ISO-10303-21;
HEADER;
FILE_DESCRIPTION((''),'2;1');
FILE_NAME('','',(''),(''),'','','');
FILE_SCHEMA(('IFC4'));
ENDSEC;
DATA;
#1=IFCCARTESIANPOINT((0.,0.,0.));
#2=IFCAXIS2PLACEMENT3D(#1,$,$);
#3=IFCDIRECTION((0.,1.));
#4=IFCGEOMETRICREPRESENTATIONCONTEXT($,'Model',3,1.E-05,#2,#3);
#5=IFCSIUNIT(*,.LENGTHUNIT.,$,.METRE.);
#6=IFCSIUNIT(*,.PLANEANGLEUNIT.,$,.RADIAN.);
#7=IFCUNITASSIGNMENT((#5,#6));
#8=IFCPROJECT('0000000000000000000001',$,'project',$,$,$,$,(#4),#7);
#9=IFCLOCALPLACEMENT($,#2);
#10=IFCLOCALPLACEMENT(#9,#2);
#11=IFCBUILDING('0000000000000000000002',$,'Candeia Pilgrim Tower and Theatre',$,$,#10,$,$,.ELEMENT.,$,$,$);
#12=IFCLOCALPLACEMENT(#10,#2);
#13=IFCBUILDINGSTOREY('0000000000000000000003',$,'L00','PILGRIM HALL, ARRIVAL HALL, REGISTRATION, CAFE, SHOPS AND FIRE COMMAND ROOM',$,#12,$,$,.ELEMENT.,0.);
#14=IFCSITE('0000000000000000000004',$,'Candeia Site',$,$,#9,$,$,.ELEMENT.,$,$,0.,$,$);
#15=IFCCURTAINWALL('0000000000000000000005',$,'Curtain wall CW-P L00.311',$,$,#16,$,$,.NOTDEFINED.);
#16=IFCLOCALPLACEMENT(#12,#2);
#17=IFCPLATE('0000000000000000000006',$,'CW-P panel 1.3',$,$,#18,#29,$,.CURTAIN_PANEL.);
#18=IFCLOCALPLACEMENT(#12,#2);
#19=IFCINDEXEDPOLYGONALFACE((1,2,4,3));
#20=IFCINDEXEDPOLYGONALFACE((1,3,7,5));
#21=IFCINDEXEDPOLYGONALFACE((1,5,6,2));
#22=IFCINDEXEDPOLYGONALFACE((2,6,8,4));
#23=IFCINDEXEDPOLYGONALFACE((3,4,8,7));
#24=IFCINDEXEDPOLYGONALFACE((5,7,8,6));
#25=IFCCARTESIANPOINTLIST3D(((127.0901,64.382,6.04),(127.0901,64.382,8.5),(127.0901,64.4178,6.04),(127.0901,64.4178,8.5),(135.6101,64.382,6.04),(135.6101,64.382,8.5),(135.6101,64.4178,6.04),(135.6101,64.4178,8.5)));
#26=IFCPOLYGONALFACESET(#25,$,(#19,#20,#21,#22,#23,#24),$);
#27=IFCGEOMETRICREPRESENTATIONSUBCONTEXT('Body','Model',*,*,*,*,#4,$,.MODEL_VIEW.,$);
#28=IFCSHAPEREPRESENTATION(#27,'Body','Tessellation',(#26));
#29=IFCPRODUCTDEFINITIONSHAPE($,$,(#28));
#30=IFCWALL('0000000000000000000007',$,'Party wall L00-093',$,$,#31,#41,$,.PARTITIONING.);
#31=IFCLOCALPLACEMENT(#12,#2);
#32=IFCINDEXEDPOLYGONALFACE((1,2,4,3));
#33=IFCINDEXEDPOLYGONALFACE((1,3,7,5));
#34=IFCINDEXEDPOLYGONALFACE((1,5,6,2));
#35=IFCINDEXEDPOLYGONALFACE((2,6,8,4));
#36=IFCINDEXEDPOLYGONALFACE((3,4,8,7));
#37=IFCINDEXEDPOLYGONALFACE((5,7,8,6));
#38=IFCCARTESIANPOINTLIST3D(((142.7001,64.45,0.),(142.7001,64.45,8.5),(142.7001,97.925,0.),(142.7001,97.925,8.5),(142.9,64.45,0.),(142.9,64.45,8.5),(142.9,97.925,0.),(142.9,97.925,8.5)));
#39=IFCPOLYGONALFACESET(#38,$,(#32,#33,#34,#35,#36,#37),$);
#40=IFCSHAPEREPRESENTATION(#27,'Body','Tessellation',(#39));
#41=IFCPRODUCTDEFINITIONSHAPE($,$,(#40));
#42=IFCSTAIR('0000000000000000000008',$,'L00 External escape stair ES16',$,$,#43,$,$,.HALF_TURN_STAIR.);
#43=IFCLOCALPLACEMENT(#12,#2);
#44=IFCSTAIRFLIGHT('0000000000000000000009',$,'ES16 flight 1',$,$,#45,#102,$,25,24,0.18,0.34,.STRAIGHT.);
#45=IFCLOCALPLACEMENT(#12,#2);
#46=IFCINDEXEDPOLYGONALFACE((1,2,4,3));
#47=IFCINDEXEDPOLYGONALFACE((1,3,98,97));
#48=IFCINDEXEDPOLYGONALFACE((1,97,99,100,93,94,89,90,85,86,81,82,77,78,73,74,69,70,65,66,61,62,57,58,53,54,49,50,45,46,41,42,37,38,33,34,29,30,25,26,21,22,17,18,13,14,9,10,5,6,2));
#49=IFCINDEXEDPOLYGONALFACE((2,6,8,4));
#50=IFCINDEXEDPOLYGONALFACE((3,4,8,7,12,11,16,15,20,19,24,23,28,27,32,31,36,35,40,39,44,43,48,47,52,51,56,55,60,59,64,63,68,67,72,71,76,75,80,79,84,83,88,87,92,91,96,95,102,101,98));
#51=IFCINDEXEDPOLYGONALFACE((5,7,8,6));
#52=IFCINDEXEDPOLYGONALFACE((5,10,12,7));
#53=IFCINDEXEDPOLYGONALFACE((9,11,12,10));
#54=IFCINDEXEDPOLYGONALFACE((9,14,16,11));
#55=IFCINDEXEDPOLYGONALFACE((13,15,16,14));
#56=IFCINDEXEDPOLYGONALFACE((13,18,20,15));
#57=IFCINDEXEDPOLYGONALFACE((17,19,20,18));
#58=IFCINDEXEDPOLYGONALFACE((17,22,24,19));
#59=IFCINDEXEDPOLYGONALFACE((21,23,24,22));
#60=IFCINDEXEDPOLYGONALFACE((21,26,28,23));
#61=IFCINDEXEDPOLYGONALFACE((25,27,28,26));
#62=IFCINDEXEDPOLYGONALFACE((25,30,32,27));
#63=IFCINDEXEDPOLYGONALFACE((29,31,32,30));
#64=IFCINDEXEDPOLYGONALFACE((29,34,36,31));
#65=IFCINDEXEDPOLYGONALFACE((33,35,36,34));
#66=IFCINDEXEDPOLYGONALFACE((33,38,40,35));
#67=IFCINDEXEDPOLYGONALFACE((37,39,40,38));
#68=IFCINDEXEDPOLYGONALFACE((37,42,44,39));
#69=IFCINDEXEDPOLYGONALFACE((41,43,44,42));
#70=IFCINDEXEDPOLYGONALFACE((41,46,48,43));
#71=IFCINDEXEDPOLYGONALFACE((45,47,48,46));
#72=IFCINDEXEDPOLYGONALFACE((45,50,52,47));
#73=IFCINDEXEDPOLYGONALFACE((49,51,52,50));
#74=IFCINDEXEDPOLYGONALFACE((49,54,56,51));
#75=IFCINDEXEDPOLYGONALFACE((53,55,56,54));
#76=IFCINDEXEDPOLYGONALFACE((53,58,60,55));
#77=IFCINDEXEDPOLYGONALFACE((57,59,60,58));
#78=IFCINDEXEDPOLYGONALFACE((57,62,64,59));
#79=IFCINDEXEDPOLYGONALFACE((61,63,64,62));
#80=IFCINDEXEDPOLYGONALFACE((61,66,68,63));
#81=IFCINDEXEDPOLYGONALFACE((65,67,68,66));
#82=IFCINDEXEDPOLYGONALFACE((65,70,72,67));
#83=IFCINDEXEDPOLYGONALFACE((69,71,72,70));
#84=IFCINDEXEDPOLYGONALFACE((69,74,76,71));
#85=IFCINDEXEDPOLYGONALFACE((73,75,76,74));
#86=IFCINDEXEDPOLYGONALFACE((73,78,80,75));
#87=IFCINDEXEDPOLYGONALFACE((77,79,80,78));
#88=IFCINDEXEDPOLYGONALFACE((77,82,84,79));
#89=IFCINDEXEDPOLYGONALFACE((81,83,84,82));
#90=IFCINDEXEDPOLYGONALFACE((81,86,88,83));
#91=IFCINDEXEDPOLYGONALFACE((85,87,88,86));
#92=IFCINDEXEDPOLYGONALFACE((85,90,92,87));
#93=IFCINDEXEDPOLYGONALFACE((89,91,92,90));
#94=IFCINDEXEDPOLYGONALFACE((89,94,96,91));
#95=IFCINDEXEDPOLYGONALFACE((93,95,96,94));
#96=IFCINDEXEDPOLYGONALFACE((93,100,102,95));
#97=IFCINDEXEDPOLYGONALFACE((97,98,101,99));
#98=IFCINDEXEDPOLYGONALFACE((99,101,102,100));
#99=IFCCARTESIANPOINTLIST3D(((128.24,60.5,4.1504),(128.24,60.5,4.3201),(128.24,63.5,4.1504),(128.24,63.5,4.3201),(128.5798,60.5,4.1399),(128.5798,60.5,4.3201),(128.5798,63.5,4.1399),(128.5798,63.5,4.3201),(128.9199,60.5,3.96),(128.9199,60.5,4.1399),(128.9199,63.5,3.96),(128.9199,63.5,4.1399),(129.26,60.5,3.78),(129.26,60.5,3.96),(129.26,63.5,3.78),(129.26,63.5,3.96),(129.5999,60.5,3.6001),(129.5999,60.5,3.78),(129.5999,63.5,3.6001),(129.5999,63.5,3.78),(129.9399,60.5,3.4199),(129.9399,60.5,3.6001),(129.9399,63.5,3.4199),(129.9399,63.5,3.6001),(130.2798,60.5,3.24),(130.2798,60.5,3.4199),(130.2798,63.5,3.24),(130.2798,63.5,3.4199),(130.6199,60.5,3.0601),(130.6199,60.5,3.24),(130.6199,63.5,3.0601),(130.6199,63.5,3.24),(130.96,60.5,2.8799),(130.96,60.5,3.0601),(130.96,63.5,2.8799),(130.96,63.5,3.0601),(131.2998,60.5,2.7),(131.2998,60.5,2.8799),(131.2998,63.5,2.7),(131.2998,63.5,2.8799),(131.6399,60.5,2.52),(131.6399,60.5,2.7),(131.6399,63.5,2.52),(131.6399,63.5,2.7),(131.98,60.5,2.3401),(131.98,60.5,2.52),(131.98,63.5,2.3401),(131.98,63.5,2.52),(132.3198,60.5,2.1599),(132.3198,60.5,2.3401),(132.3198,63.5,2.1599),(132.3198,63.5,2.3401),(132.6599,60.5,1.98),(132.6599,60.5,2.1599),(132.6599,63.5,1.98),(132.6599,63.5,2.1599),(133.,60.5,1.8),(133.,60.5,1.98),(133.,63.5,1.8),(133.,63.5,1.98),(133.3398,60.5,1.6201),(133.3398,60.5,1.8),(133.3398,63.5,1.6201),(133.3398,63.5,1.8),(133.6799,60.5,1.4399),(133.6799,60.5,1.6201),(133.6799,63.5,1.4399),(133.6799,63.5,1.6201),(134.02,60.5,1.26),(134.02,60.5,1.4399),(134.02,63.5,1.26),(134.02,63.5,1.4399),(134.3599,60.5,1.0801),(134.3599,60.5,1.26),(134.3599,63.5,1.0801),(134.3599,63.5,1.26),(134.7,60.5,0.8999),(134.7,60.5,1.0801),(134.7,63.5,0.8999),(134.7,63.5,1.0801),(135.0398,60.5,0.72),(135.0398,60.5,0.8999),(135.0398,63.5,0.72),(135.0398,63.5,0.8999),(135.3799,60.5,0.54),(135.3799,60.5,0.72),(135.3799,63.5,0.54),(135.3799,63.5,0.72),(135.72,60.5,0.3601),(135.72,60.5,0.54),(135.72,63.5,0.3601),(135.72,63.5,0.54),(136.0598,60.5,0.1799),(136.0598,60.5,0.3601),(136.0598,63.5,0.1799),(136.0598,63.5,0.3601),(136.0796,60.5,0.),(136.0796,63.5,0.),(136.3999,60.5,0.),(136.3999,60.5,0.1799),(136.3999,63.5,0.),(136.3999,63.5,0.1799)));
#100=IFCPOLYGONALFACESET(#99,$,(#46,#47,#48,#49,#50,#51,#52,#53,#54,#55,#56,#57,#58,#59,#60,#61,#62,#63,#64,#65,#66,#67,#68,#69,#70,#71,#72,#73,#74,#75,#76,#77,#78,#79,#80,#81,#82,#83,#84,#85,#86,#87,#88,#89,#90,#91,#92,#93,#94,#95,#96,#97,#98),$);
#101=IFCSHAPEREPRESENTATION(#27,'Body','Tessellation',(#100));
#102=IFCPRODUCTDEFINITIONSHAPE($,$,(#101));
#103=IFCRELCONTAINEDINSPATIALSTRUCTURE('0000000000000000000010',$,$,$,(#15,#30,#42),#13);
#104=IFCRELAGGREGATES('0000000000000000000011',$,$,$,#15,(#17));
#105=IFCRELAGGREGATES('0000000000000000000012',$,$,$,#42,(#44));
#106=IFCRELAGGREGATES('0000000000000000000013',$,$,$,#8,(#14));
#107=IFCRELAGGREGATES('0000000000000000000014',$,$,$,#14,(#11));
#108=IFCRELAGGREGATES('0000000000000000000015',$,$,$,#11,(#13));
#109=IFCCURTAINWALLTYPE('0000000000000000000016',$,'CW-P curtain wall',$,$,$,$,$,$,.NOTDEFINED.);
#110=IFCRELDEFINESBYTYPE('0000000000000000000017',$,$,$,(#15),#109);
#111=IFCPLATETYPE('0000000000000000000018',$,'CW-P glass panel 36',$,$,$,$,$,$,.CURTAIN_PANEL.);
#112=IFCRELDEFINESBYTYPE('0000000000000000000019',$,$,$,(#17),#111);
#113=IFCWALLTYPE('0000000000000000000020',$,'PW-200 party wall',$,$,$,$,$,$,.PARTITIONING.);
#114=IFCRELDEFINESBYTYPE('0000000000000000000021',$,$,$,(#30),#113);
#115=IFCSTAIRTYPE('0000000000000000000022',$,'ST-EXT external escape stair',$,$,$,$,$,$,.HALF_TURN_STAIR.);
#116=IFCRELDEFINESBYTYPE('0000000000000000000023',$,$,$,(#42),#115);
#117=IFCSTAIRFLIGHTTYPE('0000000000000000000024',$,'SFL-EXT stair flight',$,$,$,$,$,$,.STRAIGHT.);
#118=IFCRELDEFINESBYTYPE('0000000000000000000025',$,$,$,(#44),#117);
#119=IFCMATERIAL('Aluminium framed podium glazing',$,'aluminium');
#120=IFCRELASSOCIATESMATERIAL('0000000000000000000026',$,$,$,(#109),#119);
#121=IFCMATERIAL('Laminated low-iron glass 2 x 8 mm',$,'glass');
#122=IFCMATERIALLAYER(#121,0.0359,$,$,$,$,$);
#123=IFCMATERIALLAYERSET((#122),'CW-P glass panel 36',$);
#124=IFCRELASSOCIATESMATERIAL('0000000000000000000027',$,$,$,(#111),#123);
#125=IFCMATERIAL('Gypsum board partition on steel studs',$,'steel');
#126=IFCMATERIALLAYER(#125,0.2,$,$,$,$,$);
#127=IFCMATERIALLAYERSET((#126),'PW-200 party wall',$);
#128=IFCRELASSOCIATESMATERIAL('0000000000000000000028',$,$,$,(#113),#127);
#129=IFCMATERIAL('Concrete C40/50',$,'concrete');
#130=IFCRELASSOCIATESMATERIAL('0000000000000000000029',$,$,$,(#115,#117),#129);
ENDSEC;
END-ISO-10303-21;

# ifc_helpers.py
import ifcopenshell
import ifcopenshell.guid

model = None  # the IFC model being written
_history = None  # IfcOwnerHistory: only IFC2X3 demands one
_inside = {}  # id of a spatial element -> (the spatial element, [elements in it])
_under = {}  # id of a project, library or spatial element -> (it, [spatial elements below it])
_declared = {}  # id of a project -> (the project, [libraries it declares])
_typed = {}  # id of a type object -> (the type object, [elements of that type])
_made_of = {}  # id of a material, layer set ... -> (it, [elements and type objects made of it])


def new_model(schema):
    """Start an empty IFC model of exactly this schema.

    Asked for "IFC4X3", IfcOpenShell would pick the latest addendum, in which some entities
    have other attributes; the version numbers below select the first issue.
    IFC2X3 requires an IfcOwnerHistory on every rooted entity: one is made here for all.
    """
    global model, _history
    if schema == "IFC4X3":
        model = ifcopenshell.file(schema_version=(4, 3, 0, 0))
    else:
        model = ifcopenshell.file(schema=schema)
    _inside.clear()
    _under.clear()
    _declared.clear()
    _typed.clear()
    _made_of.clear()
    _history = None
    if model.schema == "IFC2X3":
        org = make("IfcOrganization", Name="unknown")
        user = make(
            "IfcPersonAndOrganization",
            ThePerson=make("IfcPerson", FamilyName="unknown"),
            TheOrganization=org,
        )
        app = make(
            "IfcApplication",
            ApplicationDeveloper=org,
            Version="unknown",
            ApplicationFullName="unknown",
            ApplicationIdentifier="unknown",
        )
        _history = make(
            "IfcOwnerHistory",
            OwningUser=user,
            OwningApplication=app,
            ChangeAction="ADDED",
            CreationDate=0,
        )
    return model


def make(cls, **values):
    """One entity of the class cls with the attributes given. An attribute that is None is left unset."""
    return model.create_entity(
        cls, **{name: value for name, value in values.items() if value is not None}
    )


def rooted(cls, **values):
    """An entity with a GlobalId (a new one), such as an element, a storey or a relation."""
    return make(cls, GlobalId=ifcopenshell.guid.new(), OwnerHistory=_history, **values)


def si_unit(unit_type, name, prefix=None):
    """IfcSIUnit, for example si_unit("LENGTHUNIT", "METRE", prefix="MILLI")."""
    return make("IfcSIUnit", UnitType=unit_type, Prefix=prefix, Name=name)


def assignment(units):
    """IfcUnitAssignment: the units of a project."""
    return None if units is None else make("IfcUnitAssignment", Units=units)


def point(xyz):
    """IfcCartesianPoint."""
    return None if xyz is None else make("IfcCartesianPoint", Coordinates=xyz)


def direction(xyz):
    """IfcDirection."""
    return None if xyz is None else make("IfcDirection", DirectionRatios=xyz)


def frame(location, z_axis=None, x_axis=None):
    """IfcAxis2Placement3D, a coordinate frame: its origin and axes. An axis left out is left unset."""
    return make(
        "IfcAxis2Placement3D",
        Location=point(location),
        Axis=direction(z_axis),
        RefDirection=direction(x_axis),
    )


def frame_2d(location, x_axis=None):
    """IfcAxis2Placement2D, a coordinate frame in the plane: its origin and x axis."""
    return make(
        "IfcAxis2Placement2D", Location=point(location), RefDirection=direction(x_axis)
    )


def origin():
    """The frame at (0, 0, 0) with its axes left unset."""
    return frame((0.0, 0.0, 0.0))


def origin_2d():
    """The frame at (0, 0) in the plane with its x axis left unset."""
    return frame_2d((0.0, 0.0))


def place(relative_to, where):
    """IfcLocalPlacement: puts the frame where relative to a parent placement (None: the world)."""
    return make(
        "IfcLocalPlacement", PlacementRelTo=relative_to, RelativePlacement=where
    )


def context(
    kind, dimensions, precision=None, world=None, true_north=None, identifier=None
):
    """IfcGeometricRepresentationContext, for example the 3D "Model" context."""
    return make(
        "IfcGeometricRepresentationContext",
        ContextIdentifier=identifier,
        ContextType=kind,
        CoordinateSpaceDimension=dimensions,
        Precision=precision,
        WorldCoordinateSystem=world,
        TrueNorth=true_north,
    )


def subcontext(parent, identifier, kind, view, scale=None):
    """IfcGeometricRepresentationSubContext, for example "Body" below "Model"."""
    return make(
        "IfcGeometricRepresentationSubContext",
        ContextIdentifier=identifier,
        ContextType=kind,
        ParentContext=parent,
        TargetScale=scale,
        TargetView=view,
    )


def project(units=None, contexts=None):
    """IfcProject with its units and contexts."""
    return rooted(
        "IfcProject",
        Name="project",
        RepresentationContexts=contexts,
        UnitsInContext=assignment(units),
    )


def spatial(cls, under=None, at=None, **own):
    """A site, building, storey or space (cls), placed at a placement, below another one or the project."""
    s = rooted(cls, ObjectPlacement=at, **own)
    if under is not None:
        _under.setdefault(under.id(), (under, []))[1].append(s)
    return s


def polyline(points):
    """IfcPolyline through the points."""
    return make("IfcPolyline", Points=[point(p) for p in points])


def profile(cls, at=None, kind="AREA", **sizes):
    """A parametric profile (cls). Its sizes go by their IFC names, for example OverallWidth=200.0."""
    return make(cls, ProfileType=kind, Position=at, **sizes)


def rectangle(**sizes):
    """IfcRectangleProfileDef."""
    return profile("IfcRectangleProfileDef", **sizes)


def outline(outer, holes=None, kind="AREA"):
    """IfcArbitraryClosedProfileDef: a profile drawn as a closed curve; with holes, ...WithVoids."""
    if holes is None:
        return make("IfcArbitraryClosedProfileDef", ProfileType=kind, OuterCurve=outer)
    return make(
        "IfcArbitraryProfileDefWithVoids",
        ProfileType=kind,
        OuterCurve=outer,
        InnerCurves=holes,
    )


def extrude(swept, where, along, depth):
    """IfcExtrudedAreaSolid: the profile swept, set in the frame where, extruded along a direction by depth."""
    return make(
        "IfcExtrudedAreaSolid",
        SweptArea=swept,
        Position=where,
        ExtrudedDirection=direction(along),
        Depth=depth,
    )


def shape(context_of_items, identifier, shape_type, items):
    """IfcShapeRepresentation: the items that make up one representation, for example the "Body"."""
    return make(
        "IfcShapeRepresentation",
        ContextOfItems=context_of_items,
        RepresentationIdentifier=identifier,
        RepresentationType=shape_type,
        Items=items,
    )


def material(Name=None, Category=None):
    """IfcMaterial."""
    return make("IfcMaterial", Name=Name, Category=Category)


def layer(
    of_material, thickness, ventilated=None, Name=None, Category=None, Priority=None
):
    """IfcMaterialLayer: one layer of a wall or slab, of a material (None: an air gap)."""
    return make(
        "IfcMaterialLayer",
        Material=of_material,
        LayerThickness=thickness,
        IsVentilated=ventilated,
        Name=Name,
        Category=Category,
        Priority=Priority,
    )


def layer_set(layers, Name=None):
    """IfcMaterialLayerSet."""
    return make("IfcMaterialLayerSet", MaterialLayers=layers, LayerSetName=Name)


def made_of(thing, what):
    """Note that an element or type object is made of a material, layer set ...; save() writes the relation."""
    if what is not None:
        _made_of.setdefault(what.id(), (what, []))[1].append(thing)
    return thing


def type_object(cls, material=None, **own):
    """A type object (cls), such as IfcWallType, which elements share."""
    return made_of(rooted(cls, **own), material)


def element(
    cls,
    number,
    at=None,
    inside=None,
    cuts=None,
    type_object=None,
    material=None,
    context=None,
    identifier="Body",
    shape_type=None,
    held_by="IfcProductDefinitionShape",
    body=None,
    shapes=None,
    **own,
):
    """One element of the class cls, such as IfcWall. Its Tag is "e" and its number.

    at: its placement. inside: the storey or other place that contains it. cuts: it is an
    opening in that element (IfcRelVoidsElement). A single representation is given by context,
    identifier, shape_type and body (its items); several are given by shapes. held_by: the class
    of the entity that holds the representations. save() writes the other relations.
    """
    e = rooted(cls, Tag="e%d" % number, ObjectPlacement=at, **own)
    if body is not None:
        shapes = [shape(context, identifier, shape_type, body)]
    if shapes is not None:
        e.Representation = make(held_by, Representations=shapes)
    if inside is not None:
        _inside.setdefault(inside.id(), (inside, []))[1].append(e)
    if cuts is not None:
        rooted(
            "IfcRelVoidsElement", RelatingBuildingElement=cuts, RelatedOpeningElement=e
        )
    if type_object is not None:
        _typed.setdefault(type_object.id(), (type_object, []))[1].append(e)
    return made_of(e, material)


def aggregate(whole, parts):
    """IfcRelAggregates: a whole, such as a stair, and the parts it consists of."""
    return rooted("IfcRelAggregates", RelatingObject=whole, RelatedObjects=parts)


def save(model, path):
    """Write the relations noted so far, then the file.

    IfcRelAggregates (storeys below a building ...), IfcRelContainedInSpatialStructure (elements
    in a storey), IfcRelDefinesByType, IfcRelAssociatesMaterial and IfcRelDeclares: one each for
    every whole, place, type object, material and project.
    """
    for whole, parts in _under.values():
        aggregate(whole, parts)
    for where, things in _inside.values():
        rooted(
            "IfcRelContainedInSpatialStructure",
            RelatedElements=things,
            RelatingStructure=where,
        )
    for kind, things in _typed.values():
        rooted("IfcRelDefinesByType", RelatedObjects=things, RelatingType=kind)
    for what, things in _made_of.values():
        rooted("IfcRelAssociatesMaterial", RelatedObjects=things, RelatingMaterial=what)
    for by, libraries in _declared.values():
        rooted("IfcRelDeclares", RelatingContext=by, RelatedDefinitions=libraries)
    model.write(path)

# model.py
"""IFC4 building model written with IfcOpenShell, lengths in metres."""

from ifc_helpers import new_model, si_unit, direction, frame, frame_2d, origin, origin_2d, place, context, subcontext, project, spatial, polyline, rectangle, outline, extrude, material, layer, layer_set, type_object, element, aggregate, save


model = new_model("IFC4")

# Units and contexts
model_context = context("Model", 3, precision=1e-05, world=origin(), true_north=direction((0.0, 1.0)))
body_context = subcontext(model_context, "Body", "Model", "MODEL_VIEW")
ifc_project = project(units=[si_unit("LENGTHUNIT", "METRE"), si_unit("PLANEANGLEUNIT", "RADIAN")], contexts=[model_context])

# Site, building, storey
site_placement = place(None, origin())
site = spatial("IfcSite", under=ifc_project, at=site_placement, Name="Candeia Site", CompositionType="ELEMENT", RefElevation=0.0)
building_placement = place(site_placement, origin())
building = spatial("IfcBuilding", under=site, at=building_placement, Name="Candeia Pilgrim Tower and Theatre", CompositionType="ELEMENT")
storey_placement = place(building_placement, origin())
storey = spatial("IfcBuildingStorey", under=building, at=storey_placement, Name="L00", Description="PILGRIM HALL, ARRIVAL HALL, REGISTRATION, CAFE, SHOPS AND FIRE COMMAND ROOM", CompositionType="ELEMENT", Elevation=0.0)

# Shared definitions
ifc_material_1 = material(Name="Concrete C40/50", Category="concrete")

# Shared definitions
ifc_material_2 = material(Name="Aluminium framed podium glazing", Category="aluminium")
curtain_wall_type = type_object("IfcCurtainWallType", Name="CW-P curtain wall", PredefinedType="NOTDEFINED", material=ifc_material_2)

# Curtain wall
curtain_wall_1_placement = place(storey_placement, origin())
curtain_wall_1 = element("IfcCurtainWall", 1, at=curtain_wall_1_placement, inside=storey, type_object=curtain_wall_type, Name="Curtain wall CW-P L00.311", PredefinedType="NOTDEFINED")

# Plate
ifc_material_3 = material(Name="Laminated low-iron glass 2 x 8 mm", Category="glass")
ifc_layer_1 = layer(ifc_material_3, 0.0359)
ifc_layer_set_1 = layer_set([ifc_layer_1], Name="CW-P glass panel 36")
plate_type = type_object("IfcPlateType", Name="CW-P glass panel 36", PredefinedType="CURTAIN_PANEL", material=ifc_layer_set_1)
plate_1_placement = place(storey_placement, frame((131.3501, 64.3999, 6.04), z_axis=(0.0, 0.0, 1.0), x_axis=(-1.0, 0.0, 0.0)))
plate_1 = element("IfcPlate", 2, at=plate_1_placement, type_object=plate_type, Name="CW-P panel 1.3", PredefinedType="CURTAIN_PANEL", context=body_context, shape_type="SweptSolid", body=[
    extrude(rectangle(XDim=8.52, YDim=0.0359, at=origin_2d()), origin(), (0.0, 0.0, 1.0), 2.46),
])
aggregate(curtain_wall_1, [plate_1])

# Wall
ifc_material_4 = material(Name="Gypsum board partition on steel studs", Category="steel")
ifc_layer_2 = layer(ifc_material_4, 0.2)
ifc_layer_set_2 = layer_set([ifc_layer_2], Name="PW-200 party wall")
wall_type_1 = type_object("IfcWallType", Name="PW-200 party wall", PredefinedType="PARTITIONING", material=ifc_layer_set_2)
wall_1_placement = place(storey_placement, frame((142.8, 64.45, 0.0), z_axis=(0.0, 0.0, 1.0), x_axis=(0.0, 1.0, 0.0)))
element("IfcWall", 3, at=wall_1_placement, inside=storey, type_object=wall_type_1, Name="Party wall L00-093", PredefinedType="PARTITIONING", context=body_context, shape_type="SweptSolid", body=[
    extrude(rectangle(XDim=33.4751, YDim=0.2, at=frame_2d((16.7375, 0.0))), origin(), (0.0, 0.0, 1.0), 8.5),
])

# Stair, stair flight
stair_type = type_object("IfcStairType", Name="ST-EXT external escape stair", PredefinedType="HALF_TURN_STAIR", material=ifc_material_1)
stair_placement = place(storey_placement, origin())
stair = element("IfcStair", 4, at=stair_placement, inside=storey, type_object=stair_type, Name="L00 External escape stair ES16", PredefinedType="HALF_TURN_STAIR")
stair_flight_type = type_object("IfcStairFlightType", Name="SFL-EXT stair flight", PredefinedType="STRAIGHT", material=ifc_material_1)
stair_flight_placement = place(storey_placement, frame((136.3999, 62.0, 0.0), z_axis=(0.0, 0.0, 1.0), x_axis=(-1.0, 0.0, 0.0)))
stair_flight = element("IfcStairFlight", 5, at=stair_flight_placement, type_object=stair_flight_type, Name="ES16 flight 1", NumberOfRisers=25, NumberOfTreads=24, PredefinedType="STRAIGHT", RiserHeight=0.18, TreadLength=0.34, context=body_context, shape_type="SweptSolid", body=[
    extrude(outline(polyline([(0.0, 0.0), (0.0, 0.1799), (0.3401, 0.1799), (0.3401, 0.3601), (0.6799, 0.3601), (0.6799, 0.54), (1.02, 0.54), (1.02, 0.72), (1.3601, 0.72), (1.3601, 0.8999), (1.7, 0.8999), (1.7, 1.0801), (2.04, 1.0801), (2.04, 1.26), (2.3799, 1.26), (2.3799, 1.4399), (2.72, 1.4399), (2.72, 1.6201), (3.0601, 1.6201), (3.0601, 1.8), (3.3999, 1.8), (3.3999, 1.98), (3.74, 1.98), (3.74, 2.1599), (4.0801, 2.1599), (4.0801, 2.3401), (4.4199, 2.3401), (4.4199, 2.52), (4.76, 2.52), (4.76, 2.7), (5.1001, 2.7), (5.1001, 2.8799), (5.4399, 2.8799), (5.4399, 3.0601), (5.78, 3.0601), (5.78, 3.24), (6.1201, 3.24), (6.1201, 3.4199), (6.46, 3.4199), (6.46, 3.6001), (6.8, 3.6001), (6.8, 3.78), (7.1399, 3.78), (7.1399, 3.96), (7.48, 3.96), (7.48, 4.1399), (7.8201, 4.1399), (7.8201, 4.3201), (8.1599, 4.3201), (8.1599, 4.5), (8.1599, 4.1504), (0.3203, 0.0), (0.0, 0.0)])), frame((0.0, 1.5, 0.0), z_axis=(0.0, -1.0, 0.0), x_axis=(1.0, 0.0, 0.0)), (0.0, 0.0, 1.0), 3.0),
])
aggregate(stair, [stair_flight])

save(model, "model.ifc")
